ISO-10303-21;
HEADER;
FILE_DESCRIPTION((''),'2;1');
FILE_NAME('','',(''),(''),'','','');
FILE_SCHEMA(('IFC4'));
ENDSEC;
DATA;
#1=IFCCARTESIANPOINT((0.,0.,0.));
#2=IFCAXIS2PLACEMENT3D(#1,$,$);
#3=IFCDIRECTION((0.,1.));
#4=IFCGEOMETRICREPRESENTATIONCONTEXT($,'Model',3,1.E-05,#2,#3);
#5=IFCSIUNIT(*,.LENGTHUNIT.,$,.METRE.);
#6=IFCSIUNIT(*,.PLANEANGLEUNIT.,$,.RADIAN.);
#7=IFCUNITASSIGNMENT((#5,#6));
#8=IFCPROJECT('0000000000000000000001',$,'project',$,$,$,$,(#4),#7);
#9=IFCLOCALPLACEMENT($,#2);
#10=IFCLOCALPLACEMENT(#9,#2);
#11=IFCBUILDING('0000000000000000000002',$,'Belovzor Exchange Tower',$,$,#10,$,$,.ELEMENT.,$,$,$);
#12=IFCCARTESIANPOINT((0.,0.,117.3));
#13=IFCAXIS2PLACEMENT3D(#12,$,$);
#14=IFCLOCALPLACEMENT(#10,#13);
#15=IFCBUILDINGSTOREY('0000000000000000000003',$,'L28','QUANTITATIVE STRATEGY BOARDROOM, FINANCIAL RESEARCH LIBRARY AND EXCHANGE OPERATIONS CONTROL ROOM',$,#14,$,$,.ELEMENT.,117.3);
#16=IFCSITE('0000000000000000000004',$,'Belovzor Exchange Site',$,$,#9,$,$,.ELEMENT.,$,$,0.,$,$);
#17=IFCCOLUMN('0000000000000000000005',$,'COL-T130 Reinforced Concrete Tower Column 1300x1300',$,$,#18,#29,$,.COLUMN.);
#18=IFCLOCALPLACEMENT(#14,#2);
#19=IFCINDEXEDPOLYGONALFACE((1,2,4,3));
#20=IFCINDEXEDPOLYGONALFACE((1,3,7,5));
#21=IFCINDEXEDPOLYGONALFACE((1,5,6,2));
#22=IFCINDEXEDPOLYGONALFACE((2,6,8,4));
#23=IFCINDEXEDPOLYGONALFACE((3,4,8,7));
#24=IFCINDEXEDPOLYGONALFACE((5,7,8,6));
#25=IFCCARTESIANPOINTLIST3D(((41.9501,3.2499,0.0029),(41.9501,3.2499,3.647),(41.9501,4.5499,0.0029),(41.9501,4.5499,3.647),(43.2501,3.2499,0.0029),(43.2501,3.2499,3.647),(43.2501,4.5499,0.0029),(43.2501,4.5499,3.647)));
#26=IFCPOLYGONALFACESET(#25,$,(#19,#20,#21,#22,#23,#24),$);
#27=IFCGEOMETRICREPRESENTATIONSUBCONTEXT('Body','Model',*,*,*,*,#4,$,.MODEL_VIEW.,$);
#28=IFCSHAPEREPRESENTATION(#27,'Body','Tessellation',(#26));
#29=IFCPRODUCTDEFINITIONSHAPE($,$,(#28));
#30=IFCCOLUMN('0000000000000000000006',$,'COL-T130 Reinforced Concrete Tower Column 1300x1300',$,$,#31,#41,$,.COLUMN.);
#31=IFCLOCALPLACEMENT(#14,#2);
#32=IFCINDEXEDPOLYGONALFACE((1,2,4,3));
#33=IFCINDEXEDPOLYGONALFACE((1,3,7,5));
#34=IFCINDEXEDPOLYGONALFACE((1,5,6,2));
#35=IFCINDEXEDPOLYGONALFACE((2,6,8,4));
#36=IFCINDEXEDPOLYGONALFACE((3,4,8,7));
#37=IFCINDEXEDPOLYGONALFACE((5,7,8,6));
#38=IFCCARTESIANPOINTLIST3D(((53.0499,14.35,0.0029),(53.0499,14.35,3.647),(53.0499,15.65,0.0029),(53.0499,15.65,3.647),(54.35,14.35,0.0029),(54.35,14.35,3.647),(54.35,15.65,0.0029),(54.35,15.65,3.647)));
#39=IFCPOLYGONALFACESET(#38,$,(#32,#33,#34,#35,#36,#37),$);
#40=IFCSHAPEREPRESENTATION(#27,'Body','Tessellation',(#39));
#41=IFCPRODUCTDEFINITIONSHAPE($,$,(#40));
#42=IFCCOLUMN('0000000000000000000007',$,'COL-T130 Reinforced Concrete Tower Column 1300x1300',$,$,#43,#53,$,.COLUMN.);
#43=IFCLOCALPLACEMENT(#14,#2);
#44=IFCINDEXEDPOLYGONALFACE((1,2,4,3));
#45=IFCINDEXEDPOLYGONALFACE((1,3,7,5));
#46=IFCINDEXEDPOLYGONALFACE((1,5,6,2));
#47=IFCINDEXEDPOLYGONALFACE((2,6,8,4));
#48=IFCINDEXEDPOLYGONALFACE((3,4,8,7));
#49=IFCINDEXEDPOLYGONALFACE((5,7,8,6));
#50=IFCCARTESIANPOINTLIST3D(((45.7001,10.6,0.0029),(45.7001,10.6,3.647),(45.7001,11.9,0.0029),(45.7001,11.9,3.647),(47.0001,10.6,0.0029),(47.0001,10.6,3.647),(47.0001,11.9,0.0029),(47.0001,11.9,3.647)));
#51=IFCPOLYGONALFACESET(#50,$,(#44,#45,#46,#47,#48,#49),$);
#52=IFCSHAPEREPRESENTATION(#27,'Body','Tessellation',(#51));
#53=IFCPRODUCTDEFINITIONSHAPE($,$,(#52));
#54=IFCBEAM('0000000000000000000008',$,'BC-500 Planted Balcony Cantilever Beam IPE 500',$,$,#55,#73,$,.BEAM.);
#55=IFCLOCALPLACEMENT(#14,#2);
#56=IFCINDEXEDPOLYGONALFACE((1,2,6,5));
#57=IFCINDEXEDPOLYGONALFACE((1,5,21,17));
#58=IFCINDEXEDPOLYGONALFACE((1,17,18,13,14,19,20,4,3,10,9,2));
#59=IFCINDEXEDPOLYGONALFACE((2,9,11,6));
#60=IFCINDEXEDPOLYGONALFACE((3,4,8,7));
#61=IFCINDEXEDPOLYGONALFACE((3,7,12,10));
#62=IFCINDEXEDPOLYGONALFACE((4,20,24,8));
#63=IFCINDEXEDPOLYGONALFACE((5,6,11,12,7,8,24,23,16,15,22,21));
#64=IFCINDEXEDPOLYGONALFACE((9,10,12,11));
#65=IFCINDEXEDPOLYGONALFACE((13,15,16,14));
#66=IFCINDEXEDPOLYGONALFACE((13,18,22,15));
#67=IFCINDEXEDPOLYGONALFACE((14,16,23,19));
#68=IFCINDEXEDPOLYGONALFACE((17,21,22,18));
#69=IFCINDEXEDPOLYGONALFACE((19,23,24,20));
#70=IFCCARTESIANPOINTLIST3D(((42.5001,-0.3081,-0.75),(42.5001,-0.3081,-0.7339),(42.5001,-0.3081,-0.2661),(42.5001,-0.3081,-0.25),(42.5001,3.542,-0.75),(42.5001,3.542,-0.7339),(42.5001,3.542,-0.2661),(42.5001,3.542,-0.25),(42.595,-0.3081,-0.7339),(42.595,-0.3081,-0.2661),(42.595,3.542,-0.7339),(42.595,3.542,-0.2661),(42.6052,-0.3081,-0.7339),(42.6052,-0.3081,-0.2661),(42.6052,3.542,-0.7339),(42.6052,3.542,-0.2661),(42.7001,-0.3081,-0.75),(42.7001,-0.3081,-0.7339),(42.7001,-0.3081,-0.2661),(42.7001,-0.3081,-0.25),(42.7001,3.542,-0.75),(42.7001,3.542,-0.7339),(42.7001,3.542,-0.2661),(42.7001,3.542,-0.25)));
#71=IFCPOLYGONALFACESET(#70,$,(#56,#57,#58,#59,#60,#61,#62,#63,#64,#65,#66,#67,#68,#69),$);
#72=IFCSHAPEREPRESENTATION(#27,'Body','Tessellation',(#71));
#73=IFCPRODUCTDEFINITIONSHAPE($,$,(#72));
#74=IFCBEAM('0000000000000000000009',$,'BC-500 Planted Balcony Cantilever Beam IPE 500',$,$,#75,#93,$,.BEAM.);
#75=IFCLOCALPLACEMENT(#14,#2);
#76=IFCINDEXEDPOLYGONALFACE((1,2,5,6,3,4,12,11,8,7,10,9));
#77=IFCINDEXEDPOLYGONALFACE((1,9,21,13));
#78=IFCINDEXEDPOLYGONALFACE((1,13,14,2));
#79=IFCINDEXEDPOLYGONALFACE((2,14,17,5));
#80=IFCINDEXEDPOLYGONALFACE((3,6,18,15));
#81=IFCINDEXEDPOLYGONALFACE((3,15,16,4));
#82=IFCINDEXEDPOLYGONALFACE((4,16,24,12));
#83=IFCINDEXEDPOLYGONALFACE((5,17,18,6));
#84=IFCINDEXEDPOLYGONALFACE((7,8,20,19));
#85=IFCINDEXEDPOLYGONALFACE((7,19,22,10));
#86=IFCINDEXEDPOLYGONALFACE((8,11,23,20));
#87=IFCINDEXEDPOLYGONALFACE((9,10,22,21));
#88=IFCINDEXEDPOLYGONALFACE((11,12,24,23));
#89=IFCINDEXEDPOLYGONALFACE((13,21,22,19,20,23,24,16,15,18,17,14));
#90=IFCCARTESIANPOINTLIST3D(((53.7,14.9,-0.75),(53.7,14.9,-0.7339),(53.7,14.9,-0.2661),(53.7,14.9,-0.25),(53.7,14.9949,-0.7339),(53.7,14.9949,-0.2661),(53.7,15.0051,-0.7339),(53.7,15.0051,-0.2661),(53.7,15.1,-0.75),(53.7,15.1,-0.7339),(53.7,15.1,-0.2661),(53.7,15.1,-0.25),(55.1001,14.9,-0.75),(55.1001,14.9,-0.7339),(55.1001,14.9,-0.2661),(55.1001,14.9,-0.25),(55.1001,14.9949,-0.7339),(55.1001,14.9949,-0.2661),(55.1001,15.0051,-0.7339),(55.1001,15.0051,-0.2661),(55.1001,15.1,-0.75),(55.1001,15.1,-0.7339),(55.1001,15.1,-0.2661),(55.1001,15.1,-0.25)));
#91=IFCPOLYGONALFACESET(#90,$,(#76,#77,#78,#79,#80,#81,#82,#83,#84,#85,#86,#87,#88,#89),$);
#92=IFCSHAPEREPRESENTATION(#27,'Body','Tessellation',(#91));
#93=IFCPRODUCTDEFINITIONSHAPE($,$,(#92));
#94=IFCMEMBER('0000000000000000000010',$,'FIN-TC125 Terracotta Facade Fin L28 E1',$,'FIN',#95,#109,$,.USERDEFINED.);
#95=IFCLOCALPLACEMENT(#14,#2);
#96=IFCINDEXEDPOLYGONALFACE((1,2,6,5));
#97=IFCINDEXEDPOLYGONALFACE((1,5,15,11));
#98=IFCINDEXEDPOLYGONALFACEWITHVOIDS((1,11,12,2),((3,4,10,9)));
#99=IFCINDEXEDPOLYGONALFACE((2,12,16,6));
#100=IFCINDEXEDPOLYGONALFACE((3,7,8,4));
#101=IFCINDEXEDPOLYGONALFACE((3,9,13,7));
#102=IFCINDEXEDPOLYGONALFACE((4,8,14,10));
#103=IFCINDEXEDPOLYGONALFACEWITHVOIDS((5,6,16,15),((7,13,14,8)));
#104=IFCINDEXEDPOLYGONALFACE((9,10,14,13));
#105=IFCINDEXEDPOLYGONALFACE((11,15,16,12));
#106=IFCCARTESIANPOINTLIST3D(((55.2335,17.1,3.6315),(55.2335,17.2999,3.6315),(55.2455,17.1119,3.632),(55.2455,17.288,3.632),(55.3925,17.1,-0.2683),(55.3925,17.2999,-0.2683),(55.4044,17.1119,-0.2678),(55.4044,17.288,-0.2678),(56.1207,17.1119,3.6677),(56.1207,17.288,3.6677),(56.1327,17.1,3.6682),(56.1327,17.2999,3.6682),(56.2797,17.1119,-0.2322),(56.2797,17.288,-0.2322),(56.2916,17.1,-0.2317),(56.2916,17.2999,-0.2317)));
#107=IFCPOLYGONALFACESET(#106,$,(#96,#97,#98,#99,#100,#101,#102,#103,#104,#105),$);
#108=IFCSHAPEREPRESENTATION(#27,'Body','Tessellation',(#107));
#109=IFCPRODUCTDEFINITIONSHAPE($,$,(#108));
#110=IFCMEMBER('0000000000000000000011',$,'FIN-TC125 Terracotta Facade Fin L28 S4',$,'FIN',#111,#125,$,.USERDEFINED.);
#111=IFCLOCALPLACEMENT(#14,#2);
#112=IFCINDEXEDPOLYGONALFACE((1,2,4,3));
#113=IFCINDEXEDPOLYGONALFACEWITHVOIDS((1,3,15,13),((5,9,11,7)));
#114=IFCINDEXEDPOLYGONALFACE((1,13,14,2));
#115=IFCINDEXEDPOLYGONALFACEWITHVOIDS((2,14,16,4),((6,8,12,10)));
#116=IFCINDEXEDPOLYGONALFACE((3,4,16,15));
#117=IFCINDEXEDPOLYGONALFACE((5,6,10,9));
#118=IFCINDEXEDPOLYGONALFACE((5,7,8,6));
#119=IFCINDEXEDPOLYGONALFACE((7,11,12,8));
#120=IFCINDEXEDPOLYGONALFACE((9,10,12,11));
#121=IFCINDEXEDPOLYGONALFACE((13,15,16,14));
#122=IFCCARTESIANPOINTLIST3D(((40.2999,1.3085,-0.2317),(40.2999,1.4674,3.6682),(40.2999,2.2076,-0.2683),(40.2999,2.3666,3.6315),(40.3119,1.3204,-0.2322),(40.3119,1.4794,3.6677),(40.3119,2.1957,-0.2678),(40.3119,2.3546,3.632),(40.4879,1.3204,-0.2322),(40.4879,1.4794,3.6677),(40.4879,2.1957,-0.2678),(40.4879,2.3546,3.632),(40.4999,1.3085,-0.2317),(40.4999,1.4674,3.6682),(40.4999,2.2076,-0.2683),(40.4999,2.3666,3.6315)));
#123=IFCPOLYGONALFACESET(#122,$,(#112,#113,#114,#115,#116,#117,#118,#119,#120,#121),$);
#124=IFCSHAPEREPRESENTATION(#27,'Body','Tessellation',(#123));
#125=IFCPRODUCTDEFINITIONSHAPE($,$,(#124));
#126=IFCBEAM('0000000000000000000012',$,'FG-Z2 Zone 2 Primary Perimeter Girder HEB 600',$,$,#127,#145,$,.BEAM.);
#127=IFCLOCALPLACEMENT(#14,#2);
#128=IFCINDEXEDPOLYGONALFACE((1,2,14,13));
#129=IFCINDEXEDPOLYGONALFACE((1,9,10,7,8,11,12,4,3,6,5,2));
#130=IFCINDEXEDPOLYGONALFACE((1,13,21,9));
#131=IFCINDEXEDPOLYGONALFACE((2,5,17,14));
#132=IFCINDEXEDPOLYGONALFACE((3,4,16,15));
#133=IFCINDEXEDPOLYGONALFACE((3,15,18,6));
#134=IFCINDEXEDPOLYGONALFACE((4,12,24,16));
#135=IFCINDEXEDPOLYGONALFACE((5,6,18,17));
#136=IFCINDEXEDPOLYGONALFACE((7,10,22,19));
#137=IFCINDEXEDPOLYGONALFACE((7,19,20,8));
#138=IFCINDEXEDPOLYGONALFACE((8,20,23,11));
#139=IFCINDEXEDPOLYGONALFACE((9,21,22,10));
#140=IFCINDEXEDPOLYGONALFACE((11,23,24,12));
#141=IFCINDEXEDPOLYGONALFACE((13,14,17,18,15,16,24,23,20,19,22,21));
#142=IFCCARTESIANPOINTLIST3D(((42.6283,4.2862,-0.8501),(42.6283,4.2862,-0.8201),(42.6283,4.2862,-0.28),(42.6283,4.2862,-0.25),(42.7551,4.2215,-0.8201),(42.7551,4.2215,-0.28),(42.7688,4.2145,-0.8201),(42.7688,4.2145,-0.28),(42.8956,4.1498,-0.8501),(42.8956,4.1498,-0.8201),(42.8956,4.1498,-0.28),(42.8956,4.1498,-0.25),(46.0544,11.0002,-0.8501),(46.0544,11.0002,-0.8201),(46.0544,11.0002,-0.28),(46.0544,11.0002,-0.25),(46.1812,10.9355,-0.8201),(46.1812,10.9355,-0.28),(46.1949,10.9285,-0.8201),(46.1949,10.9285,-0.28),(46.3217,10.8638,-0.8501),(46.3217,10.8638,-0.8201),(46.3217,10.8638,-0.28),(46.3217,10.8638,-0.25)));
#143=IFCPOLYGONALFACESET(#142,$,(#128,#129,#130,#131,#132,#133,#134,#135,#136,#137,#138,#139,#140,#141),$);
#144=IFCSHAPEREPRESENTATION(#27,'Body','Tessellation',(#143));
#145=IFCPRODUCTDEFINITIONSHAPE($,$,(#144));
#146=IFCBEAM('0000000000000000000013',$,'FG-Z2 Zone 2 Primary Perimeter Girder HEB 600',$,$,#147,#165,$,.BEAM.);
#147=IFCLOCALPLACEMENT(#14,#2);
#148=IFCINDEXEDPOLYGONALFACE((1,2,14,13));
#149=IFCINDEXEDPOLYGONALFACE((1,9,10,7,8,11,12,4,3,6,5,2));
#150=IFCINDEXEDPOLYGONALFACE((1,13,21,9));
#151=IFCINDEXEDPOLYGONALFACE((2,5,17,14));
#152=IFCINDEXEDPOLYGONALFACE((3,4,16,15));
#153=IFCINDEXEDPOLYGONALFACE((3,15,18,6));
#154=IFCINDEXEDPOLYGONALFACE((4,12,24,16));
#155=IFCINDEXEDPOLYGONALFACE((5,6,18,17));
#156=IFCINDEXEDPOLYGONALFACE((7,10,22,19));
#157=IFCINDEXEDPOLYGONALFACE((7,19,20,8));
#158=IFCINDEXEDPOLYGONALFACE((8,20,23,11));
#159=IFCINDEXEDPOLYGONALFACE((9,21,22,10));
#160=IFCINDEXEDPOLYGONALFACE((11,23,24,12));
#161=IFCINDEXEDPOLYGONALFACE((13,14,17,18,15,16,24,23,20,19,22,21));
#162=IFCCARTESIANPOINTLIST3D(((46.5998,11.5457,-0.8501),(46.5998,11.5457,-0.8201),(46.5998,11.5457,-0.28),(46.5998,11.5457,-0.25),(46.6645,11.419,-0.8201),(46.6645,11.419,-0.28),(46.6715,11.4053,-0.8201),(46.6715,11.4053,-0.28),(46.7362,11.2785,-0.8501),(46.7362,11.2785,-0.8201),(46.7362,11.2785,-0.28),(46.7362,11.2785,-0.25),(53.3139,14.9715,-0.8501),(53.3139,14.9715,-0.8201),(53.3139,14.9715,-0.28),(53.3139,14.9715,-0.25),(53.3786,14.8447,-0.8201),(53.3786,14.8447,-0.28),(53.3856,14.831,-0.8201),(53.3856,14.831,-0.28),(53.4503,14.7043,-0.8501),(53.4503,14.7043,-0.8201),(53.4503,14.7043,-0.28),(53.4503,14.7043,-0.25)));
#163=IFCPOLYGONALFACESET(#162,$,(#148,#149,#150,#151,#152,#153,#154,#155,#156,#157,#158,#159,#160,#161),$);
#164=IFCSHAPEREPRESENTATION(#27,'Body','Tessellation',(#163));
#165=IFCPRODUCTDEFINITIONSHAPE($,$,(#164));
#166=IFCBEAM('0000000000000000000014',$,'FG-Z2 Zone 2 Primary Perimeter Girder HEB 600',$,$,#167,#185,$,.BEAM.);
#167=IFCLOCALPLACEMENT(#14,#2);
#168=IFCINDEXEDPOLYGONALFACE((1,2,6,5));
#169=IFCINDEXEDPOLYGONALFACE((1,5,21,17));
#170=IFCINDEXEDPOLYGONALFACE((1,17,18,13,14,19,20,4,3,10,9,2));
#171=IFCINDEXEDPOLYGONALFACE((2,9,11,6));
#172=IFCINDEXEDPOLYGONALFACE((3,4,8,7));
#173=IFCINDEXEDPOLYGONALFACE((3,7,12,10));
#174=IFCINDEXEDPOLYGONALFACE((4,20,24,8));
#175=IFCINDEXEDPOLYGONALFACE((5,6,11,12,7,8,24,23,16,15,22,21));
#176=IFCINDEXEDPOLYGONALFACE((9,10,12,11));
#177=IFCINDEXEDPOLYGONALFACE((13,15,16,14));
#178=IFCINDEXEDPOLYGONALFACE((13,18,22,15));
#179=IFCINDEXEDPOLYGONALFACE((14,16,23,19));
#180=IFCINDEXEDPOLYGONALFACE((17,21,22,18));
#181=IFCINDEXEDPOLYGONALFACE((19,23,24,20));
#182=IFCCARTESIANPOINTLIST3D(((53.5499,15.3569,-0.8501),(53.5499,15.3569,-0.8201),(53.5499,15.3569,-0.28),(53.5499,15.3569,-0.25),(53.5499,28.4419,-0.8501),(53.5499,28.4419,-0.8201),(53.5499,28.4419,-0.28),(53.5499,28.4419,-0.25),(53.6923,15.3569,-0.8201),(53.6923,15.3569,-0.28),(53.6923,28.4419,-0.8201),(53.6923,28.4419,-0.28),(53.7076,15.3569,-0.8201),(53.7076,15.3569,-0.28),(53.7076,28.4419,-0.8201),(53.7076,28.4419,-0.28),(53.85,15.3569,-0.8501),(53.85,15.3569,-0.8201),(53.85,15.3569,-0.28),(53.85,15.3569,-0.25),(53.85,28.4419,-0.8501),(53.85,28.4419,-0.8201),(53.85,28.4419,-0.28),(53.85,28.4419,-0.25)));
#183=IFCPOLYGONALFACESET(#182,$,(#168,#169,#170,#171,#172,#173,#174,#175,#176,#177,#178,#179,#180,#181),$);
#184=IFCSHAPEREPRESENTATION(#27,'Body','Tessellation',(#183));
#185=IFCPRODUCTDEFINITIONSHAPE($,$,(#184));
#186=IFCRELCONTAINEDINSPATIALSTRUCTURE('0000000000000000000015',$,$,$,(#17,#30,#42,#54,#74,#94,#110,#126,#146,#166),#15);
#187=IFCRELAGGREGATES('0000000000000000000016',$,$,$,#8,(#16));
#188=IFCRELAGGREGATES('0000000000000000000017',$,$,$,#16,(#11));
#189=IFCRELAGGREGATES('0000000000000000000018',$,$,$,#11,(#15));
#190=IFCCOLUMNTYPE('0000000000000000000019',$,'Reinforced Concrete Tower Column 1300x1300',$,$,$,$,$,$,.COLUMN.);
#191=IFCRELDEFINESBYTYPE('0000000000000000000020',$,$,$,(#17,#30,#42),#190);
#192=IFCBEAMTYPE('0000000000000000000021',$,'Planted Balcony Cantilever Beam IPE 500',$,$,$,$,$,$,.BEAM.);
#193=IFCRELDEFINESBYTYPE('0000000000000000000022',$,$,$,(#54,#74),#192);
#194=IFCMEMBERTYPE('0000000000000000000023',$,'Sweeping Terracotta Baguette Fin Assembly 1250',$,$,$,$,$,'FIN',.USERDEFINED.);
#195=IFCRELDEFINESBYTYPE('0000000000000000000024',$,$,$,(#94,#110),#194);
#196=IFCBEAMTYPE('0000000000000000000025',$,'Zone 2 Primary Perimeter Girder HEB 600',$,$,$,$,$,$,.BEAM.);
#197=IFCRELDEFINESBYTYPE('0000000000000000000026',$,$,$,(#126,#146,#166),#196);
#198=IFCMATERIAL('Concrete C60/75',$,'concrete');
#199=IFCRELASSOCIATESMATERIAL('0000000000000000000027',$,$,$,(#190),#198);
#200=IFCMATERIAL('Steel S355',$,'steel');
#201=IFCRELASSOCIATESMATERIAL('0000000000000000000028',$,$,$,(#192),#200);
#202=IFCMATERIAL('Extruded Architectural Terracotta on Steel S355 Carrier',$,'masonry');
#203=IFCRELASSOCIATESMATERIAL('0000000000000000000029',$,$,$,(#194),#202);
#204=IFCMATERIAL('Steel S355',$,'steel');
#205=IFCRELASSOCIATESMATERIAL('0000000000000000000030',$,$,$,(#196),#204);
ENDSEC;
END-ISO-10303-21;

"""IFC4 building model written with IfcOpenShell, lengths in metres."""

from ifc_helpers import new_model, si_unit, direction, frame, origin, origin_2d, place, context, subcontext, project, spatial, rectangle, hollow_rectangle, i_section, extrude, material, material_profile, profile_set, type_object, element, save


model = new_model("IFC4")

# Units and contexts
model_context = context("Model", 3, precision=1e-05, world=origin(), true_north=direction((0.0, 1.0)))
body_context = subcontext(model_context, "Body", "Model", "MODEL_VIEW")
ifc_project = project(units=[si_unit("LENGTHUNIT", "METRE"), si_unit("PLANEANGLEUNIT", "RADIAN")], contexts=[model_context])

# Site, building, storey
site_placement = place(None, origin())
site = spatial("IfcSite", under=ifc_project, at=site_placement, Name="Belovzor Exchange Site", CompositionType="ELEMENT", RefElevation=0.0)
building_placement = place(site_placement, origin())
building = spatial("IfcBuilding", under=site, at=building_placement, Name="Belovzor Exchange Tower", CompositionType="ELEMENT")
storey_placement = place(building_placement, frame((0.0, 0.0, 117.3)))
storey = spatial("IfcBuildingStorey", under=building, at=storey_placement, Name="L28", Description="QUANTITATIVE STRATEGY BOARDROOM, FINANCIAL RESEARCH LIBRARY AND EXCHANGE OPERATIONS CONTROL ROOM", CompositionType="ELEMENT", Elevation=117.3)

# Columns
ifc_material_1 = material(Name="Concrete C60/75", Category="concrete")
ifc_material_profile_1 = material_profile(ifc_material_1, rectangle(XDim=1.3, YDim=1.3, at=origin_2d()))
ifc_profile_set_1 = profile_set([ifc_material_profile_1], Name="Concrete C60/75")
column_type = type_object("IfcColumnType", Name="Reinforced Concrete Tower Column 1300x1300", PredefinedType="COLUMN", material=ifc_profile_set_1)
for number, where, z_axis, x_axis, name in (
    (1, (42.6001, 3.8999, 0.0029), (0.0, 0.0, 1.0), (1.0, 0.0, 0.0), "COL-T130 Reinforced Concrete Tower Column 1300x1300"),
    (2, (53.7, 15.0, 0.0029), (0.0, 0.0, 1.0), (1.0, 0.0, 0.0), "COL-T130 Reinforced Concrete Tower Column 1300x1300"),
    (3, (46.3501, 11.25, 0.0029), (0.0, 0.0, 1.0), (1.0, 0.0, 0.0), "COL-T130 Reinforced Concrete Tower Column 1300x1300"),
):
    element("IfcColumn", number, at=place(storey_placement, frame(where, z_axis=z_axis, x_axis=x_axis)), inside=storey, type_object=column_type, Name=name, PredefinedType="COLUMN", context=body_context, shape_type="SweptSolid", body=[
        extrude(rectangle(XDim=1.3, YDim=1.3, at=origin_2d()), origin(), (0.0, 0.0, 1.0), 3.644),
    ])

# Beams
ifc_material_2 = material(Name="Steel S355", Category="steel")
ifc_material_profile_2 = material_profile(ifc_material_2, i_section(OverallWidth=0.2, OverallDepth=0.5, WebThickness=0.0103, FlangeThickness=0.0161, at=origin_2d()))
ifc_profile_set_2 = profile_set([ifc_material_profile_2], Name="Steel S355")
beam_type_1 = type_object("IfcBeamType", Name="Planted Balcony Cantilever Beam IPE 500", PredefinedType="BEAM", material=ifc_profile_set_2)
beam_1_placement = place(storey_placement, frame((42.6001, 3.542, -0.5), z_axis=(0.0, -1.0, 0.0), x_axis=(1.0, 0.0, 0.0)))
element("IfcBeam", 4, at=beam_1_placement, inside=storey, type_object=beam_type_1, Name="BC-500 Planted Balcony Cantilever Beam IPE 500", PredefinedType="BEAM", context=body_context, shape_type="SweptSolid", body=[
    extrude(i_section(OverallWidth=0.2, OverallDepth=0.5, WebThickness=0.0103, FlangeThickness=0.0161, at=origin_2d()), origin(), (0.0, 0.0, 1.0), 3.8501),
])
beam_2_placement = place(storey_placement, frame((53.7, 15.0, -0.5), z_axis=(1.0, 0.0, 0.0), x_axis=(0.0, 1.0, 0.0)))
element("IfcBeam", 5, at=beam_2_placement, inside=storey, type_object=beam_type_1, Name="BC-500 Planted Balcony Cantilever Beam IPE 500", PredefinedType="BEAM", context=body_context, shape_type="SweptSolid", body=[
    extrude(i_section(OverallWidth=0.2, OverallDepth=0.5, WebThickness=0.0103, FlangeThickness=0.0161, at=origin_2d()), origin(), (0.0, 0.0, 1.0), 1.4001),
])

# Members
ifc_material_3 = material(Name="Extruded Architectural Terracotta on Steel S355 Carrier", Category="masonry")
ifc_material_profile_3 = material_profile(ifc_material_3, hollow_rectangle(XDim=0.2, YDim=0.8999, WallThickness=0.012, at=origin_2d()))
ifc_profile_set_3 = profile_set([ifc_material_profile_3], Name="Extruded Architectural Terracotta on Steel S355 Carrier")
member_type = type_object("IfcMemberType", Name="Sweeping Terracotta Baguette Fin Assembly 1250", ElementType="FIN", PredefinedType="USERDEFINED", material=ifc_profile_set_3)
for number, where, z_axis, x_axis, name in (
    (6, (55.842, 17.2, -0.25), (-0.04072, 0.0, 0.999171), (0.0, -1.0, 0.0), "FIN-TC125 Terracotta Facade Fin L28 E1"),
    (7, (40.3999, 1.7581, -0.25), (0.0, 0.04072, 0.999171), (-1.0, 0.0, 0.0), "FIN-TC125 Terracotta Facade Fin L28 S4"),
):
    element("IfcMember", number, at=place(storey_placement, frame(where, z_axis=z_axis, x_axis=x_axis)), inside=storey, type_object=member_type, Name=name, ObjectType="FIN", PredefinedType="USERDEFINED", context=body_context, shape_type="SweptSolid", body=[
        extrude(hollow_rectangle(XDim=0.2, YDim=0.8999, WallThickness=0.012, at=origin_2d()), origin(), (0.0, 0.0, 1.0), 3.9031),
    ])

# Beams
ifc_material_4 = material(Name="Steel S355", Category="steel")
ifc_material_profile_4 = material_profile(ifc_material_4, i_section(OverallWidth=0.3, OverallDepth=0.6001, WebThickness=0.0154, FlangeThickness=0.03, at=origin_2d()))
ifc_profile_set_4 = profile_set([ifc_material_profile_4], Name="Steel S355")
beam_type_2 = type_object("IfcBeamType", Name="Zone 2 Primary Perimeter Girder HEB 600", PredefinedType="BEAM", material=ifc_profile_set_4)
for number, where, z_axis, x_axis, name in (
    (8, (42.762, 4.218, -0.55), (0.454532, 0.890731, 0.0), (-0.890731, 0.454532, 0.0), "FG-Z2 Zone 2 Primary Perimeter Girder HEB 600"),
    (9, (46.668, 11.4121, -0.55), (0.89075, 0.454493, 0.0), (-0.454493, 0.89075, 0.0), "FG-Z2 Zone 2 Primary Perimeter Girder HEB 600"),
):
    element("IfcBeam", number, at=place(storey_placement, frame(where, z_axis=z_axis, x_axis=x_axis)), inside=storey, type_object=beam_type_2, Name=name, PredefinedType="BEAM", context=body_context, shape_type="SweptSolid", body=[
        extrude(i_section(OverallWidth=0.3, OverallDepth=0.6001, WebThickness=0.0154, FlangeThickness=0.03, at=origin_2d()), origin(), (0.0, 0.0, 1.0), 7.5376),
    ])
beam_3_placement = place(storey_placement, frame((53.7, 15.3569, -0.55), z_axis=(0.0, 1.0, 0.0), x_axis=(-1.0, 0.0, 0.0)))
element("IfcBeam", 10, at=beam_3_placement, inside=storey, type_object=beam_type_2, Name="FG-Z2 Zone 2 Primary Perimeter Girder HEB 600", PredefinedType="BEAM", context=body_context, shape_type="SweptSolid", body=[
    extrude(i_section(OverallWidth=0.3, OverallDepth=0.6001, WebThickness=0.0154, FlangeThickness=0.03, at=origin_2d()), origin(), (0.0, 0.0, 1.0), 13.085),
])

save(model, "model.ifc")
